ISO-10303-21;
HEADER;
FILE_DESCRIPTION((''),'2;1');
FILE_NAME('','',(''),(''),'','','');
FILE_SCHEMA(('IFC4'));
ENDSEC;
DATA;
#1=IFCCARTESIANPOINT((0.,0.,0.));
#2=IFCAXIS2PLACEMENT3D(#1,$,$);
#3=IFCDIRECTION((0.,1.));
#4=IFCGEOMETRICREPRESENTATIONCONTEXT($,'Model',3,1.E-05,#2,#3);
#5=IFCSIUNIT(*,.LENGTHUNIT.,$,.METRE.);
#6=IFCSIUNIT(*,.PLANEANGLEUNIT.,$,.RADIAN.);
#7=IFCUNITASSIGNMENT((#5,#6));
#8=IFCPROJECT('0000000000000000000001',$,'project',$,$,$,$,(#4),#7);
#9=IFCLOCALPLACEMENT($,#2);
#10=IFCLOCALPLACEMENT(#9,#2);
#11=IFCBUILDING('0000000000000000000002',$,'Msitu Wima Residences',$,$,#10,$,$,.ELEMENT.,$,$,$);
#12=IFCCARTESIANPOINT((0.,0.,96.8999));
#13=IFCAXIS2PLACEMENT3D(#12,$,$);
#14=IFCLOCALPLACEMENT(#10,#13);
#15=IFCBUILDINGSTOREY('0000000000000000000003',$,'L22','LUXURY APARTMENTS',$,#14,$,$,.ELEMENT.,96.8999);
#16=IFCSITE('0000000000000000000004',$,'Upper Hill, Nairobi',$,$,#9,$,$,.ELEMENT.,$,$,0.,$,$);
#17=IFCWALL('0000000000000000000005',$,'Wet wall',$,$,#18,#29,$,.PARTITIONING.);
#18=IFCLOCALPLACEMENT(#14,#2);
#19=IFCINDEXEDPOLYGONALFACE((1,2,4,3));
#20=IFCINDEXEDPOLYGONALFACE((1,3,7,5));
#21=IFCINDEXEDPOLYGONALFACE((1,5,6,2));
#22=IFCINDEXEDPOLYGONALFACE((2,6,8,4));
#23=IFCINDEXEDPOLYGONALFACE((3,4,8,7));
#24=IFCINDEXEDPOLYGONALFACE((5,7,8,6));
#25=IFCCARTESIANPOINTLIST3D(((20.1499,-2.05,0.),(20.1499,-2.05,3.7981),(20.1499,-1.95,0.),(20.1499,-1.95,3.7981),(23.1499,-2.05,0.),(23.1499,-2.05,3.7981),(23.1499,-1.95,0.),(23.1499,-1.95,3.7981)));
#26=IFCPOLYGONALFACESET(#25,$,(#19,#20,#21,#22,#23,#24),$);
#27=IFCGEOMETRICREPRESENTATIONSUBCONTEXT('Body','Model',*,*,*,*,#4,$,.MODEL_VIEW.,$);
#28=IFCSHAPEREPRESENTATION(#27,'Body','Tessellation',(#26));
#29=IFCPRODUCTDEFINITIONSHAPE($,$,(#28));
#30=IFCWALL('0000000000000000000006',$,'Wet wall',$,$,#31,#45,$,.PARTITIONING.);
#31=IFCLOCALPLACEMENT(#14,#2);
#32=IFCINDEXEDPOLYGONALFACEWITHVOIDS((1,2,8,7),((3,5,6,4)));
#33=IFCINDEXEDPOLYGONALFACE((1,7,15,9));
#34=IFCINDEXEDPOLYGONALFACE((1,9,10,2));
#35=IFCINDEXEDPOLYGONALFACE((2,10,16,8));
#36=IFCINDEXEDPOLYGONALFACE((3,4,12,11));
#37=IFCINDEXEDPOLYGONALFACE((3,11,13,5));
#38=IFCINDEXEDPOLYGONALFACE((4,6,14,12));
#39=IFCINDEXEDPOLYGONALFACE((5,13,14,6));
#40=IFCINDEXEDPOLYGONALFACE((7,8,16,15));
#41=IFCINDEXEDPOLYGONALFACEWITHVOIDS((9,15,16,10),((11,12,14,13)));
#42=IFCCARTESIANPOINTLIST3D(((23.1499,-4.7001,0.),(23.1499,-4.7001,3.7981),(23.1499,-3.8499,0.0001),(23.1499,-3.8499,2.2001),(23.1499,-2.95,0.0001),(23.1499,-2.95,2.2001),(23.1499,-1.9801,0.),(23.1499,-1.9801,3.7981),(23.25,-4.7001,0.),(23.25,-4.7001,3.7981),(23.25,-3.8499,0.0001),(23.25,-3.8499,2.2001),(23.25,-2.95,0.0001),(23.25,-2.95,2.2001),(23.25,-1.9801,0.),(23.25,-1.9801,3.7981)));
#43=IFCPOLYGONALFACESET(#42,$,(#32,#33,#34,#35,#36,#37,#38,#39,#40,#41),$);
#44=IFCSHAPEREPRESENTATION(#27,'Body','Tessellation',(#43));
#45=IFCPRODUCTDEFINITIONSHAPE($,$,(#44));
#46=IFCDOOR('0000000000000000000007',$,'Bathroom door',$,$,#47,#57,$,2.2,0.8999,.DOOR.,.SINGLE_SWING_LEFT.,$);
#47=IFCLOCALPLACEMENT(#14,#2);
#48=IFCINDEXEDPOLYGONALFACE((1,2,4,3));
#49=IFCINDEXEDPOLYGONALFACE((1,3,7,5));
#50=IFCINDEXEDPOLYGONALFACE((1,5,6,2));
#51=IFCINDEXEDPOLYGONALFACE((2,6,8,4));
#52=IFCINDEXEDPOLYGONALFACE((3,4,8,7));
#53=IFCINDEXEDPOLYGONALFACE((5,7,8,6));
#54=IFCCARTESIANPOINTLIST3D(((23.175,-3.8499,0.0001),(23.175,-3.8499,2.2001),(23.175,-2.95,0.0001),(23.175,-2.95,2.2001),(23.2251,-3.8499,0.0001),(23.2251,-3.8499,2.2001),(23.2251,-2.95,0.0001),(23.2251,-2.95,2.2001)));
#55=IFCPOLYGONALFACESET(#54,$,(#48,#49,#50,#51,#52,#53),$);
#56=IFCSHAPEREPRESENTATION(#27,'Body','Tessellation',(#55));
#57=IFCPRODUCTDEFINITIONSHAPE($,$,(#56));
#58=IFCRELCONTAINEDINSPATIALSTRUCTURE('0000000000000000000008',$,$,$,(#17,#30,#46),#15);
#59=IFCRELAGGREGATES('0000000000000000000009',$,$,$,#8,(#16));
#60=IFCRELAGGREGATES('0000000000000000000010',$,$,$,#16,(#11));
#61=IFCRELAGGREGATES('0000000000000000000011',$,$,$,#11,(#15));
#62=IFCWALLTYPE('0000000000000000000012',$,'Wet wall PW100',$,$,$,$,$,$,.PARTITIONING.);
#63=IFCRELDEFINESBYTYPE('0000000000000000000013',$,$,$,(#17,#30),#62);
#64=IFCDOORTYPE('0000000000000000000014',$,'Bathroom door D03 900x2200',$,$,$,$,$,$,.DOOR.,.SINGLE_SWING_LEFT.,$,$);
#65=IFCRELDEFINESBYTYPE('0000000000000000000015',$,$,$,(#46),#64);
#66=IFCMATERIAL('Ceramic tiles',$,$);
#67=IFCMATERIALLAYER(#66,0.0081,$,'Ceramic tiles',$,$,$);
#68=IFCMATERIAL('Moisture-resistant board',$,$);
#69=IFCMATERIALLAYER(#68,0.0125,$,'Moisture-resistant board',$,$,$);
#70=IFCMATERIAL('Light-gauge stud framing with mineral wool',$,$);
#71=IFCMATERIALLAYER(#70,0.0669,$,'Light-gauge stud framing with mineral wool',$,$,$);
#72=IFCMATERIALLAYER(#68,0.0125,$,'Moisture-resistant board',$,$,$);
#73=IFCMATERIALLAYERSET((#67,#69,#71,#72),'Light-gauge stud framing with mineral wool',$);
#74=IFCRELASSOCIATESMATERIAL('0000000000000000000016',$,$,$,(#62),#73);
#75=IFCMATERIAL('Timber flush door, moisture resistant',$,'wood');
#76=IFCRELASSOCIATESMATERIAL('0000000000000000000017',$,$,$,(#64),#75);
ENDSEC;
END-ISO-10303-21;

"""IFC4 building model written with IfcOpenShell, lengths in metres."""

from ifc_helpers import new_model, si_unit, direction, frame, frame_2d, origin, place, context, subcontext, project, spatial, rectangle, extrude, material, layer, layer_set, type_object, element, fill, save


model = new_model("IFC4")

# Units and contexts
model_context = context("Model", 3, precision=1e-05, world=origin(), true_north=direction((0.0, 1.0)))
body_context = subcontext(model_context, "Body", "Model", "MODEL_VIEW")
ifc_project = project(units=[si_unit("LENGTHUNIT", "METRE"), si_unit("PLANEANGLEUNIT", "RADIAN")], contexts=[model_context])

# Site, building, storey
site_placement = place(None, origin())
site = spatial("IfcSite", under=ifc_project, at=site_placement, Name="Upper Hill, Nairobi", CompositionType="ELEMENT", RefElevation=0.0)
building_placement = place(site_placement, origin())
building = spatial("IfcBuilding", under=site, at=building_placement, Name="Msitu Wima Residences", CompositionType="ELEMENT")
storey_placement = place(building_placement, frame((0.0, 0.0, 96.8999)))
storey = spatial("IfcBuildingStorey", under=building, at=storey_placement, Name="L22", Description="LUXURY APARTMENTS", CompositionType="ELEMENT", Elevation=96.8999)

# Wall
ifc_material_1 = material(Name="Ceramic tiles")
ifc_layer_1 = layer(ifc_material_1, 0.0081, Name="Ceramic tiles")
ifc_material_2 = material(Name="Moisture-resistant board")
ifc_layer_2 = layer(ifc_material_2, 0.0125, Name="Moisture-resistant board")
ifc_material_3 = material(Name="Light-gauge stud framing with mineral wool")
ifc_layer_3 = layer(ifc_material_3, 0.0669, Name="Light-gauge stud framing with mineral wool")
ifc_layer_4 = layer(ifc_material_2, 0.0125, Name="Moisture-resistant board")
ifc_layer_set_1 = layer_set([ifc_layer_1, ifc_layer_2, ifc_layer_3, ifc_layer_4], Name="Light-gauge stud framing with mineral wool")
wall_type_1 = type_object("IfcWallType", Name="Wet wall PW100", PredefinedType="PARTITIONING", material=ifc_layer_set_1)
wall_1_placement = place(storey_placement, frame((20.1499, -2.0, 0.0), z_axis=(0.0, 0.0, 1.0), x_axis=(1.0, 0.0, 0.0)))
element("IfcWall", 1, at=wall_1_placement, inside=storey, type_object=wall_type_1, Name="Wet wall", PredefinedType="PARTITIONING", context=body_context, shape_type="SweptSolid", body=[
    extrude(rectangle(XDim=3.0, YDim=0.1001, at=frame_2d((1.5, 0.0))), origin(), (0.0, 0.0, 1.0), 3.7981),
])

# Wall, opening, door
wall_2_placement = place(storey_placement, frame((23.2, -4.7, 0.0), z_axis=(0.0, 0.0, 1.0), x_axis=(0.0, 1.0, 0.0)))
wall_2 = element("IfcWall", 2, at=wall_2_placement, inside=storey, type_object=wall_type_1, Name="Wet wall", PredefinedType="PARTITIONING", context=body_context, shape_type="SweptSolid", body=[
    extrude(rectangle(XDim=2.72, YDim=0.1001, at=frame_2d((1.3599, 0.0))), origin(), (0.0, 0.0, 1.0), 3.7981),
])
opening_1_placement = place(wall_2_placement, frame((0.8501, 0.0, 0.0)))
opening_1 = element("IfcOpeningElement", 3, at=opening_1_placement, cuts=wall_2, PredefinedType="OPENING", context=body_context, shape_type="SweptSolid", body=[
    extrude(rectangle(XDim=0.8999, YDim=2.2, at=frame_2d((0.45, 1.1001))), frame((0.0, 0.0601, 0.0), z_axis=(0.0, -1.0, 0.0), x_axis=(1.0, 0.0, 0.0)), (0.0, 0.0, 1.0), 0.1201),
])
ifc_material_4 = material(Name="Timber flush door, moisture resistant", Category="wood")
door_type_1 = type_object("IfcDoorType", Name="Bathroom door D03 900x2200", OperationType="SINGLE_SWING_LEFT", PredefinedType="DOOR", material=ifc_material_4)
door_1_placement = place(opening_1_placement, origin())
door_1 = element("IfcDoor", 4, at=door_1_placement, inside=storey, type_object=door_type_1, Name="Bathroom door", OperationType="SINGLE_SWING_LEFT", OverallHeight=2.2, OverallWidth=0.8999, PredefinedType="DOOR", context=body_context, shape_type="SweptSolid", body=[
    extrude(rectangle(XDim=0.8999, YDim=2.2, at=frame_2d((0.45, 1.1001))), frame((0.0, 0.0249, 0.0), z_axis=(0.0, -1.0, 0.0), x_axis=(1.0, 0.0, 0.0)), (0.0, 0.0, 1.0), 0.05),
])
fill(opening_1, door_1)

save(model, "model.ifc")
